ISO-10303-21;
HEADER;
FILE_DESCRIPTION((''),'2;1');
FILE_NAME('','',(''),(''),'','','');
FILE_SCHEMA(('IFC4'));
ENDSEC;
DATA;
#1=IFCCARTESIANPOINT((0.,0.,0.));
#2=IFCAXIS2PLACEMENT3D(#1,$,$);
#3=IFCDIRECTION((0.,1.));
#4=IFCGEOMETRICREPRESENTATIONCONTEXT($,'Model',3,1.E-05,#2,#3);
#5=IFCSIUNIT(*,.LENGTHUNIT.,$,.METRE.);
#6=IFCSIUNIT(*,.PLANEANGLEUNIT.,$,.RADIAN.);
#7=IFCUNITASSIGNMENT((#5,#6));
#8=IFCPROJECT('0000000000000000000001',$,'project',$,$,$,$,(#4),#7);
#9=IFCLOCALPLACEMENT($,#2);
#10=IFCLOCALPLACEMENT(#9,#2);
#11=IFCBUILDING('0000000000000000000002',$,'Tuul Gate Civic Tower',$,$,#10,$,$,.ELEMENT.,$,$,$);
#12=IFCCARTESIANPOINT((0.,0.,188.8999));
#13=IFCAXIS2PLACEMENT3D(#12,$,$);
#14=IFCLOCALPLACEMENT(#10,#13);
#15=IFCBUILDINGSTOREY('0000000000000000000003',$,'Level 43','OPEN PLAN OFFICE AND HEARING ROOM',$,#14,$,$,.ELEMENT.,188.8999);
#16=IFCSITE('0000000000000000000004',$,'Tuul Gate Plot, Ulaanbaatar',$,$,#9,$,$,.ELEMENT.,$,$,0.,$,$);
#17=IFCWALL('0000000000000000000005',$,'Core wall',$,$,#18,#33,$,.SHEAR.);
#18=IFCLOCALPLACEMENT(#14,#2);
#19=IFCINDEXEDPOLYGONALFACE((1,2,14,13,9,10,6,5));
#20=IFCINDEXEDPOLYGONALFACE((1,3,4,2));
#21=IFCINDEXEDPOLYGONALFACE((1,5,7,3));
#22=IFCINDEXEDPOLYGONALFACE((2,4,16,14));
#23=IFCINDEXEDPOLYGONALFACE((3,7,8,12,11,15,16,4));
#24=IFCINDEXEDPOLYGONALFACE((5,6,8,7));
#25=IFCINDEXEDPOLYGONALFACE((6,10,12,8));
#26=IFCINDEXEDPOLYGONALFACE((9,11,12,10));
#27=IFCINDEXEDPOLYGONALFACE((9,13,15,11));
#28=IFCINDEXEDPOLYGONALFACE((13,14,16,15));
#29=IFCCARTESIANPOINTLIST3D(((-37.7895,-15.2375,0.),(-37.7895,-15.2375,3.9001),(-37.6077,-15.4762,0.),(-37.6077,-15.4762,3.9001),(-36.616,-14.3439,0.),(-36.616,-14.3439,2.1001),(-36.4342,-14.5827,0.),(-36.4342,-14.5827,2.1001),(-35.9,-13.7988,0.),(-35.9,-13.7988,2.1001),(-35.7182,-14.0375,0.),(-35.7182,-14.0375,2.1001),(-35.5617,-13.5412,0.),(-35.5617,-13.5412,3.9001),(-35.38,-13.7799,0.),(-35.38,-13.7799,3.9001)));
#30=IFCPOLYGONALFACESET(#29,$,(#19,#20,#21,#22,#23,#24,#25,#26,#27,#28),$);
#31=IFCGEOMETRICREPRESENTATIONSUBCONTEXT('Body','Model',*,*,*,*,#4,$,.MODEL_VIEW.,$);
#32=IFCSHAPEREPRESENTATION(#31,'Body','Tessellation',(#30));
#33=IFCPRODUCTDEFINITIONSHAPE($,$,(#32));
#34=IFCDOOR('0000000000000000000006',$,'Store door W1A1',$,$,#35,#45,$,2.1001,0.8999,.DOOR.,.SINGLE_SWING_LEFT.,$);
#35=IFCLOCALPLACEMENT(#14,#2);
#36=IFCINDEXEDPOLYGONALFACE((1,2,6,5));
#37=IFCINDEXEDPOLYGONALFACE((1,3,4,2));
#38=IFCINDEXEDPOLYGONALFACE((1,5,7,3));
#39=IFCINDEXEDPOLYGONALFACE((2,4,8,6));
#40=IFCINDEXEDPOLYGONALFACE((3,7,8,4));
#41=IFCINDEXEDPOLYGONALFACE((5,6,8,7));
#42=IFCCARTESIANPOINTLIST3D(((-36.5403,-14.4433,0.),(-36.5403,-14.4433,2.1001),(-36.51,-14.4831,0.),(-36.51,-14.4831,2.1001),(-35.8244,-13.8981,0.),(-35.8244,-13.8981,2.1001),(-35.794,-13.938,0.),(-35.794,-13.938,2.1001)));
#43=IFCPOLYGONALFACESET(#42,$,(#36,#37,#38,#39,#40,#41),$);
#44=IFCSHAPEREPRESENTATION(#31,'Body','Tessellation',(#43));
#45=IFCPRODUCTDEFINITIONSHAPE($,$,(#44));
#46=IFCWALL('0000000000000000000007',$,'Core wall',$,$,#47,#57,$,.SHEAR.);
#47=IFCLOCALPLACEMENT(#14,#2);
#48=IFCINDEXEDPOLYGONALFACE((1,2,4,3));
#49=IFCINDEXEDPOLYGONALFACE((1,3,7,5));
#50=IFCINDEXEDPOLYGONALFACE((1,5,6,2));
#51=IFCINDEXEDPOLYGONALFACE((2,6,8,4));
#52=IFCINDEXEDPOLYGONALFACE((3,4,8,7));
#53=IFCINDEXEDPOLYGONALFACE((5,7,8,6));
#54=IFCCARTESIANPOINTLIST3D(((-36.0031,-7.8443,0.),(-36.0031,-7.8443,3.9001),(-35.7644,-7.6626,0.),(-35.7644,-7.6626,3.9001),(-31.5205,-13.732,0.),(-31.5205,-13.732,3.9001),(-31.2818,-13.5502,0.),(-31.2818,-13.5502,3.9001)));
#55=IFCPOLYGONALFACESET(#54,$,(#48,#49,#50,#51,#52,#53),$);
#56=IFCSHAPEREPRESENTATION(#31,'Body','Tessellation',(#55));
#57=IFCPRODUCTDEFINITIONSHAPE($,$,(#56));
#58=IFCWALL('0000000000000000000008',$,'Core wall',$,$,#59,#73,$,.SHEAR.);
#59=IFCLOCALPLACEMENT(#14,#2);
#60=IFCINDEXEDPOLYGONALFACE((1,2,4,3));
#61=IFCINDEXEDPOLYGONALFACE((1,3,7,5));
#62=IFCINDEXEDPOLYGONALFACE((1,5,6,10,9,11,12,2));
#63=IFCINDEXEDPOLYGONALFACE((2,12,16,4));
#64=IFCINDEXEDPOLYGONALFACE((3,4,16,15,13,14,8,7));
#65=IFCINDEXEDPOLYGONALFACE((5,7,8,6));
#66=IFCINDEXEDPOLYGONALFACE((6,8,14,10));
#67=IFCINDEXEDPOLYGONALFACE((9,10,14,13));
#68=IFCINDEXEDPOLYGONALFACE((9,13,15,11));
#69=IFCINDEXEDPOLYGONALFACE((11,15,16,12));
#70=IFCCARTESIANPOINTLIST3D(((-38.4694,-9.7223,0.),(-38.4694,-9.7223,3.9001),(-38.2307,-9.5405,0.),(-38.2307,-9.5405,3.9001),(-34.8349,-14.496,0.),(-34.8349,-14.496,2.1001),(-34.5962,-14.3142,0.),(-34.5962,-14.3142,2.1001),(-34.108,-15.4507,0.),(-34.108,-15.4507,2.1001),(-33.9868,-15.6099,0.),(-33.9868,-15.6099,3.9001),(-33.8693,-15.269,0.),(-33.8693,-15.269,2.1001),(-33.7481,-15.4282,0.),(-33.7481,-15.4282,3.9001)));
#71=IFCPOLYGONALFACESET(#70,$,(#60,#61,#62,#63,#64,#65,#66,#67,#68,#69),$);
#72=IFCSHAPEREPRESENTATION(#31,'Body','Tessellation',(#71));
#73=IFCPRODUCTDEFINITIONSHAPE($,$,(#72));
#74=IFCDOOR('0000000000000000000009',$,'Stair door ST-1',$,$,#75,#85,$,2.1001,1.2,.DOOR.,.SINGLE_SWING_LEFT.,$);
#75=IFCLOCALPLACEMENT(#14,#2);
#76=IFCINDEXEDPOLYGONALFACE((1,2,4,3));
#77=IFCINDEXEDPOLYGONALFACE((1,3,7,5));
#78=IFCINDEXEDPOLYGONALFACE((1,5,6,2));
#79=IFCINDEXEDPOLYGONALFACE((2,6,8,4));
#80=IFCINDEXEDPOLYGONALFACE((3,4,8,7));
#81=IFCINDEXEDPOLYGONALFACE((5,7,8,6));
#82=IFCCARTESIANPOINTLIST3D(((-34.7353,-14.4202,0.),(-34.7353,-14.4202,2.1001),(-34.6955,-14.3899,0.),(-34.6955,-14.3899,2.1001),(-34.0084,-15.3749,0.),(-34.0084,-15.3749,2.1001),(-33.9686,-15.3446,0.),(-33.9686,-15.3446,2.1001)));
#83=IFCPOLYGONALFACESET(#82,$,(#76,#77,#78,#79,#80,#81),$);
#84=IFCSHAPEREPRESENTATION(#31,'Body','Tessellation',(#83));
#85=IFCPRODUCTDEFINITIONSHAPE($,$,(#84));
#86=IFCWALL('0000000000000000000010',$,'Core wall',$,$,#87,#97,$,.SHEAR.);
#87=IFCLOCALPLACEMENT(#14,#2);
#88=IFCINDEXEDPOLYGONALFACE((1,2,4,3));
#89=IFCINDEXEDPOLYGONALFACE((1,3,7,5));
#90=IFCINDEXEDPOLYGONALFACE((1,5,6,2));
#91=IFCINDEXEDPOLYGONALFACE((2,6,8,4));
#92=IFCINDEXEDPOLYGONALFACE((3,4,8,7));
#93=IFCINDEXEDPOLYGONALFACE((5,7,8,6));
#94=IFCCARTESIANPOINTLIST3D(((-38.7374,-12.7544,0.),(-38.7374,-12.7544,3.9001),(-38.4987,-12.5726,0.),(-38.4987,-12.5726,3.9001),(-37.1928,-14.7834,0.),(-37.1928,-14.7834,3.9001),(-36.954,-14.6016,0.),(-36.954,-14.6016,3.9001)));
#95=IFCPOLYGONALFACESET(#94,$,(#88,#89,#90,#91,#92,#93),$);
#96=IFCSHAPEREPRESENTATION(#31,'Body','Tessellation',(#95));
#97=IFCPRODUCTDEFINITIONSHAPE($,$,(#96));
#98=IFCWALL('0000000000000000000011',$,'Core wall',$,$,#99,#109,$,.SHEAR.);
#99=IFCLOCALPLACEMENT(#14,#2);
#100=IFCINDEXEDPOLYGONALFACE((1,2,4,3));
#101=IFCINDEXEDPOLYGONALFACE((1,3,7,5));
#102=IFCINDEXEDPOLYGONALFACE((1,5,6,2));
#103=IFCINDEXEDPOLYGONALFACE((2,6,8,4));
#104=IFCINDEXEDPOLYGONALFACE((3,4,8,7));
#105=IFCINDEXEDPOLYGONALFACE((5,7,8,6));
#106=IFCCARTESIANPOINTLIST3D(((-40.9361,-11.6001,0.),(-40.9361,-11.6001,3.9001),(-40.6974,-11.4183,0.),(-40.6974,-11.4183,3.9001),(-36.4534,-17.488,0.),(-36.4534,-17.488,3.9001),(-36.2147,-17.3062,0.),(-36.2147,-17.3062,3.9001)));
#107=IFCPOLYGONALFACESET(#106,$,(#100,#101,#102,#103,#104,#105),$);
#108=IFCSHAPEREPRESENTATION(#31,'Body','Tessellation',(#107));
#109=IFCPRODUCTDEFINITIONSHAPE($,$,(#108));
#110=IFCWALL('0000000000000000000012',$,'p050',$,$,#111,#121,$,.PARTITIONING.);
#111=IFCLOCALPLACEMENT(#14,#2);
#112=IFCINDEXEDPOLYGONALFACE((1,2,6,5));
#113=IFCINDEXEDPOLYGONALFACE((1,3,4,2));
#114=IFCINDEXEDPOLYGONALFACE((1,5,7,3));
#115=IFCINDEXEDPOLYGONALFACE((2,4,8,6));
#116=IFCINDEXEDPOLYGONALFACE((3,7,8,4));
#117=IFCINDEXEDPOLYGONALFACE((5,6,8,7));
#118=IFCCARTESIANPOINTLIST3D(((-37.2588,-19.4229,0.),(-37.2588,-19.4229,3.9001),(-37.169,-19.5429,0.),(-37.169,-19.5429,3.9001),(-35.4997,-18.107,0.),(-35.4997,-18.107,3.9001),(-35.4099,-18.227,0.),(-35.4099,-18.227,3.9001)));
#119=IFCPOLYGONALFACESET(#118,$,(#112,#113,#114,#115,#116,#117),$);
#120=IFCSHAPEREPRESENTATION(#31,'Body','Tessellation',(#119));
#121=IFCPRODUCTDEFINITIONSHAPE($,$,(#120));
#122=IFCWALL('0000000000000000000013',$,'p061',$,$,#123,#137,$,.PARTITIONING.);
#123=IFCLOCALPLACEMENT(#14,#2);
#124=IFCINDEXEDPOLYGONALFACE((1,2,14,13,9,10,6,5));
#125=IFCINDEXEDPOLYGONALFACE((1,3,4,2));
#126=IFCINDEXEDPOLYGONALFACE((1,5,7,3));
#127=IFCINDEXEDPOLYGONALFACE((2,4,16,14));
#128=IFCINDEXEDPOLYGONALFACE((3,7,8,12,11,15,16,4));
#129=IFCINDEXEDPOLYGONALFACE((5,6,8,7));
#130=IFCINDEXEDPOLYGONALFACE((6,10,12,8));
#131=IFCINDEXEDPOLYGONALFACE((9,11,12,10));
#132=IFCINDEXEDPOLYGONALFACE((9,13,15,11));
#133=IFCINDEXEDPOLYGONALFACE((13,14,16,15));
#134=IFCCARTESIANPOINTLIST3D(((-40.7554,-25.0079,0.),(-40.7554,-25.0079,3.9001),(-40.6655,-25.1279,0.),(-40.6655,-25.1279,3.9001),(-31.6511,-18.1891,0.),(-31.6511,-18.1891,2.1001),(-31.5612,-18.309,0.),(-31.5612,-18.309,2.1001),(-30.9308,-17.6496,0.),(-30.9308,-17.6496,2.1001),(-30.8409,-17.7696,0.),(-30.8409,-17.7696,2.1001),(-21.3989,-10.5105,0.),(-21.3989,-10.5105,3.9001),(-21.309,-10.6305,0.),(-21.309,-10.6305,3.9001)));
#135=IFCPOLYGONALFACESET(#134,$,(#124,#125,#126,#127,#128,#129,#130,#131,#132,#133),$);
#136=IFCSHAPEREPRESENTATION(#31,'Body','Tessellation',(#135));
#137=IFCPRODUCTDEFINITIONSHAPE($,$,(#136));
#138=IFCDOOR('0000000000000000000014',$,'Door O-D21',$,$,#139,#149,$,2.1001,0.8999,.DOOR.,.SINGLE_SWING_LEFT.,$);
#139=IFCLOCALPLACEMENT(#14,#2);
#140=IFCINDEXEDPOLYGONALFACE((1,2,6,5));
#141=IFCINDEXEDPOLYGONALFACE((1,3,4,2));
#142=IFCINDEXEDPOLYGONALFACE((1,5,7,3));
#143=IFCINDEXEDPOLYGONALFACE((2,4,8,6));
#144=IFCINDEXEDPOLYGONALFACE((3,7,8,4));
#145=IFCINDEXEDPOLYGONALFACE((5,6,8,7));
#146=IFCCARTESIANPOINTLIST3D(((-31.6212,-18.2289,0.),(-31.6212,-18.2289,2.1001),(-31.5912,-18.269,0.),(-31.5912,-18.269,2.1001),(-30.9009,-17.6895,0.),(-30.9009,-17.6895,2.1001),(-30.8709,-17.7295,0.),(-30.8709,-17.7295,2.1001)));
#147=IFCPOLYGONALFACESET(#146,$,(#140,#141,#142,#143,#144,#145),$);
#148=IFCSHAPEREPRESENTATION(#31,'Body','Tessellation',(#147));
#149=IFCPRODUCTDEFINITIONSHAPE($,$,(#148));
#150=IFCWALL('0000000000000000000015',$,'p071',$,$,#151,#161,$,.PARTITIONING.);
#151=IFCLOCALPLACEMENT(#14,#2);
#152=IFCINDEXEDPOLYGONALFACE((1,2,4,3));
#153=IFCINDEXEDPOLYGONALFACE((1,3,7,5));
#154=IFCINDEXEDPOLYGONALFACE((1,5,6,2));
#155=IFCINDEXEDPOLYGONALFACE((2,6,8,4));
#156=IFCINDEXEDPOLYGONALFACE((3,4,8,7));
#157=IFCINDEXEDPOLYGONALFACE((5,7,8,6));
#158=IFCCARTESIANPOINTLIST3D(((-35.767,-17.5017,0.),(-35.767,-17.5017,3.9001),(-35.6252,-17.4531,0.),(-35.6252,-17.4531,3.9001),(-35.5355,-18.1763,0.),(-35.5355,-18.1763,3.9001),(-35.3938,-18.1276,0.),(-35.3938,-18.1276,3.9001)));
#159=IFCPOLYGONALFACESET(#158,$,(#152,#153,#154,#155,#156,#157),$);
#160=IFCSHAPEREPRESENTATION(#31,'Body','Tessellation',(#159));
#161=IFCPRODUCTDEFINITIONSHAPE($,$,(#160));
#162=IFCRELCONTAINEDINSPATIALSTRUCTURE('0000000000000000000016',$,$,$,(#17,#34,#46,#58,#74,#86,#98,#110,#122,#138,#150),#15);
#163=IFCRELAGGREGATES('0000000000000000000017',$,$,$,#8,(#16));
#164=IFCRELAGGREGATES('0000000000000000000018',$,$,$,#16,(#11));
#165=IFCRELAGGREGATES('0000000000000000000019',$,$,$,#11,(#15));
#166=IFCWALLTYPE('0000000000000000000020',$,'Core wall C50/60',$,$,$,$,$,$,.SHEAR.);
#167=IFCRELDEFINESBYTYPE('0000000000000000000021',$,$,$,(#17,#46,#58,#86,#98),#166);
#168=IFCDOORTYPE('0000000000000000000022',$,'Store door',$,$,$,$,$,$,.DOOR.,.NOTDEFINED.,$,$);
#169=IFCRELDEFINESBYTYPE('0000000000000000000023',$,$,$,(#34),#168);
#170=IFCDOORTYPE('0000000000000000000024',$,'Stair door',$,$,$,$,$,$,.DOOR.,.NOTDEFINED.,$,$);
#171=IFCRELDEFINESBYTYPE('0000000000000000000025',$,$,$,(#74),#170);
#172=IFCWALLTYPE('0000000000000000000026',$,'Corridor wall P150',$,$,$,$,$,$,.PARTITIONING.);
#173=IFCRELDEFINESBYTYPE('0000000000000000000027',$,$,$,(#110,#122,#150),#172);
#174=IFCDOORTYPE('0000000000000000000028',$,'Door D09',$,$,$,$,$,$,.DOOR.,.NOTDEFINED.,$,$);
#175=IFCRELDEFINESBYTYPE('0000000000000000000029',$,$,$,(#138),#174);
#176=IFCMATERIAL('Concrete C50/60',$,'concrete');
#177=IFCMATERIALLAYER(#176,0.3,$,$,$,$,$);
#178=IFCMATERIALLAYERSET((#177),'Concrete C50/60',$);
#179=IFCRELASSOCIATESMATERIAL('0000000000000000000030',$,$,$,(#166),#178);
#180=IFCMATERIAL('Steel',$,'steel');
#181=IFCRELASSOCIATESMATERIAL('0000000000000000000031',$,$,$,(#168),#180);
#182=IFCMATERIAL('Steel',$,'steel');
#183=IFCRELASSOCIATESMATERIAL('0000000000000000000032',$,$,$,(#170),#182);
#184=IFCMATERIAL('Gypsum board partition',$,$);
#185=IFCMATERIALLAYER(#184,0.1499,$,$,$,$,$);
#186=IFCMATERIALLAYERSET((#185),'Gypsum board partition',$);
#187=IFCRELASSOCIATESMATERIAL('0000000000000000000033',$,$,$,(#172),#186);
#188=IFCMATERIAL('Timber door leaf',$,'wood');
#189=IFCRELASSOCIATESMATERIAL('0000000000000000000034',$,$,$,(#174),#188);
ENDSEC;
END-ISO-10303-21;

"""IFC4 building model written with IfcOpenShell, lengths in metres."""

from ifc_helpers import new_model, si_unit, direction, frame, frame_2d, origin, place, context, subcontext, project, spatial, rectangle, extrude, material, layer, layer_set, type_object, element, fill, save


model = new_model("IFC4")

# Units and contexts
model_context = context("Model", 3, precision=1e-05, world=origin(), true_north=direction((0.0, 1.0)))
body_context = subcontext(model_context, "Body", "Model", "MODEL_VIEW")
ifc_project = project(units=[si_unit("LENGTHUNIT", "METRE"), si_unit("PLANEANGLEUNIT", "RADIAN")], contexts=[model_context])

# Site, building, storey
site_placement = place(None, origin())
site = spatial("IfcSite", under=ifc_project, at=site_placement, Name="Tuul Gate Plot, Ulaanbaatar", CompositionType="ELEMENT", RefElevation=0.0)
building_placement = place(site_placement, origin())
building = spatial("IfcBuilding", under=site, at=building_placement, Name="Tuul Gate Civic Tower", CompositionType="ELEMENT")
storey_placement = place(building_placement, frame((0.0, 0.0, 188.8999)))
storey = spatial("IfcBuildingStorey", under=building, at=storey_placement, Name="Level 43", Description="OPEN PLAN OFFICE AND HEARING ROOM", CompositionType="ELEMENT", Elevation=188.8999)

# Wall, opening, door
ifc_material_1 = material(Name="Concrete C50/60", Category="concrete")
ifc_layer_1 = layer(ifc_material_1, 0.3)
ifc_layer_set_1 = layer_set([ifc_layer_1], Name="Concrete C50/60")
wall_type_1 = type_object("IfcWallType", Name="Core wall C50/60", PredefinedType="SHEAR", material=ifc_layer_set_1)
wall_1_placement = place(storey_placement, frame((-35.4709, -13.6606, 0.0), z_axis=(0.0, 0.0, 1.0), x_axis=(-0.795616, -0.605802, 0.0)))
wall_1 = element("IfcWall", 1, at=wall_1_placement, inside=storey, type_object=wall_type_1, Name="Core wall", PredefinedType="SHEAR", context=body_context, shape_type="SweptSolid", body=[
    extrude(rectangle(XDim=2.8, YDim=0.3, at=frame_2d((1.3999, 0.0))), origin(), (0.0, 0.0, 1.0), 3.9001),
])
opening_1_placement = place(wall_1_placement, frame((0.425, 0.0, 0.0)))
opening_1 = element("IfcOpeningElement", 2, at=opening_1_placement, cuts=wall_1, PredefinedType="OPENING", context=body_context, shape_type="SweptSolid", body=[
    extrude(rectangle(XDim=0.8999, YDim=2.1001, at=frame_2d((0.45, 1.05))), frame((0.0, 0.1602, 0.0), z_axis=(0.0, -1.0, 0.0), x_axis=(1.0, 0.0, 0.0)), (0.0, 0.0, 1.0), 0.3201),
])
ifc_material_2 = material(Name="Steel", Category="steel")
door_type_1 = type_object("IfcDoorType", Name="Store door", OperationType="NOTDEFINED", PredefinedType="DOOR", material=ifc_material_2)
door_1_placement = place(opening_1_placement, origin())
door_1 = element("IfcDoor", 3, at=door_1_placement, inside=storey, type_object=door_type_1, Name="Store door W1A1", OperationType="SINGLE_SWING_LEFT", OverallHeight=2.1001, OverallWidth=0.8999, PredefinedType="DOOR", context=body_context, shape_type="SweptSolid", body=[
    extrude(rectangle(XDim=0.8999, YDim=2.1001, at=frame_2d((0.45, 1.05))), frame((0.0, 0.0249, 0.0), z_axis=(0.0, -1.0, 0.0), x_axis=(1.0, 0.0, 0.0)), (0.0, 0.0, 1.0), 0.05),
])
fill(opening_1, door_1)

# Wall
wall_2_placement = place(storey_placement, frame((-31.4011, -13.6411, 0.0), z_axis=(0.0, 0.0, 1.0), x_axis=(-0.60577, 0.79564, 0.0)))
element("IfcWall", 4, at=wall_2_placement, inside=storey, type_object=wall_type_1, Name="Core wall", PredefinedType="SHEAR", context=body_context, shape_type="SweptSolid", body=[
    extrude(rectangle(XDim=7.3999, YDim=0.3, at=frame_2d((3.7, 0.0))), origin(), (0.0, 0.0, 1.0), 3.9001),
])

# Wall, opening, door
wall_3_placement = place(storey_placement, frame((-33.8674, -15.519, 0.0), z_axis=(0.0, 0.0, 1.0), x_axis=(-0.60577, 0.79564, 0.0)))
wall_3 = element("IfcWall", 5, at=wall_3_placement, inside=storey, type_object=wall_type_1, Name="Core wall", PredefinedType="SHEAR", context=body_context, shape_type="SweptSolid", body=[
    extrude(rectangle(XDim=7.3999, YDim=0.3, at=frame_2d((3.7, 0.0))), origin(), (0.0, 0.0, 1.0), 3.9001),
])
opening_2_placement = place(wall_3_placement, frame((0.2, 0.0, 0.0)))
opening_2 = element("IfcOpeningElement", 6, at=opening_2_placement, cuts=wall_3, PredefinedType="OPENING", context=body_context, shape_type="SweptSolid", body=[
    extrude(rectangle(XDim=1.2, YDim=2.1001, at=frame_2d((0.6001, 1.05))), frame((0.0, 0.1602, 0.0), z_axis=(0.0, -1.0, 0.0), x_axis=(1.0, 0.0, 0.0)), (0.0, 0.0, 1.0), 0.3201),
])
ifc_material_3 = material(Name="Steel", Category="steel")
door_type_2 = type_object("IfcDoorType", Name="Stair door", OperationType="NOTDEFINED", PredefinedType="DOOR", material=ifc_material_3)
door_2_placement = place(opening_2_placement, origin())
door_2 = element("IfcDoor", 7, at=door_2_placement, inside=storey, type_object=door_type_2, Name="Stair door ST-1", OperationType="SINGLE_SWING_LEFT", OverallHeight=2.1001, OverallWidth=1.2, PredefinedType="DOOR", context=body_context, shape_type="SweptSolid", body=[
    extrude(rectangle(XDim=1.2, YDim=2.1001, at=frame_2d((0.6001, 1.05))), frame((0.0, 0.0249, 0.0), z_axis=(0.0, -1.0, 0.0), x_axis=(1.0, 0.0, 0.0)), (0.0, 0.0, 1.0), 0.05),
])
fill(opening_2, door_2)

# Walls
wall_4_placement = place(storey_placement, frame((-37.0735, -14.6924, 0.0), z_axis=(0.0, 0.0, 1.0), x_axis=(-0.605729, 0.795671, 0.0)))
element("IfcWall", 8, at=wall_4_placement, inside=storey, type_object=wall_type_1, Name="Core wall", PredefinedType="SHEAR", context=body_context, shape_type="SweptSolid", body=[
    extrude(rectangle(XDim=2.55, YDim=0.3, at=frame_2d((1.2749, 0.0))), origin(), (0.0, 0.0, 1.0), 3.9001),
])
wall_5_placement = place(storey_placement, frame((-36.334, -17.3972, 0.0), z_axis=(0.0, 0.0, 1.0), x_axis=(-0.605754, 0.795652, 0.0)))
element("IfcWall", 9, at=wall_5_placement, inside=storey, type_object=wall_type_1, Name="Core wall", PredefinedType="SHEAR", context=body_context, shape_type="SweptSolid", body=[
    extrude(rectangle(XDim=7.4001, YDim=0.3, at=frame_2d((3.7002, 0.0))), origin(), (0.0, 0.0, 1.0), 3.9001),
])
ifc_material_4 = material(Name="Gypsum board partition")
ifc_layer_2 = layer(ifc_material_4, 0.1499)
ifc_layer_set_2 = layer_set([ifc_layer_2], Name="Gypsum board partition")
wall_type_2 = type_object("IfcWallType", Name="Corridor wall P150", PredefinedType="PARTITIONING", material=ifc_layer_set_2)
wall_6_placement = place(storey_placement, frame((-37.2139, -19.4829, 0.0), z_axis=(0.0, 0.0, 1.0), x_axis=(0.800733, 0.599022, 0.0)))
element("IfcWall", 10, at=wall_6_placement, inside=storey, type_object=wall_type_2, Name="p050", PredefinedType="PARTITIONING", context=body_context, shape_type="SweptSolid", body=[
    extrude(rectangle(XDim=2.1968, YDim=0.1499, at=frame_2d((1.0984, 0.0))), origin(), (0.0, 0.0, 1.0), 3.9001),
])

# Wall, opening, door
wall_7_placement = place(storey_placement, frame((-40.7104, -25.0679, 0.0), z_axis=(0.0, 0.0, 1.0), x_axis=(0.800397, 0.59947, 0.0)))
wall_7 = element("IfcWall", 11, at=wall_7_placement, inside=storey, type_object=wall_type_2, Name="p061", PredefinedType="PARTITIONING", context=body_context, shape_type="SweptSolid", body=[
    extrude(rectangle(XDim=24.1836, YDim=0.1499, at=frame_2d((12.0918, 0.0))), origin(), (0.0, 0.0, 1.0), 3.9001),
])
opening_3_placement = place(wall_7_placement, frame((11.3748, 0.0, 0.0)))
opening_3 = element("IfcOpeningElement", 12, at=opening_3_placement, cuts=wall_7, PredefinedType="OPENING", context=body_context, shape_type="SweptSolid", body=[
    extrude(rectangle(XDim=0.8999, YDim=2.1001, at=frame_2d((0.45, 1.05))), frame((0.0, 0.085, 0.0), z_axis=(0.0, -1.0, 0.0), x_axis=(1.0, 0.0, 0.0)), (0.0, 0.0, 1.0), 0.1699),
])
ifc_material_5 = material(Name="Timber door leaf", Category="wood")
door_type_3 = type_object("IfcDoorType", Name="Door D09", OperationType="NOTDEFINED", PredefinedType="DOOR", material=ifc_material_5)
door_3_placement = place(opening_3_placement, frame((0.8999, 0.0, 0.0), z_axis=(0.0, 0.0, 1.0), x_axis=(-1.0, 0.0, 0.0)))
door_3 = element("IfcDoor", 13, at=door_3_placement, inside=storey, type_object=door_type_3, Name="Door O-D21", OperationType="SINGLE_SWING_LEFT", OverallHeight=2.1001, OverallWidth=0.8999, PredefinedType="DOOR", context=body_context, shape_type="SweptSolid", body=[
    extrude(rectangle(XDim=0.8999, YDim=2.1001, at=frame_2d((0.45, 1.05))), frame((0.0, 0.0249, 0.0), z_axis=(0.0, -1.0, 0.0), x_axis=(1.0, 0.0, 0.0)), (0.0, 0.0, 1.0), 0.05),
])
fill(opening_3, door_3)

# Wall
wall_8_placement = place(storey_placement, frame((-35.696, -17.4775, 0.0), z_axis=(0.0, 0.0, 1.0), x_axis=(0.324534, -0.945874, 0.0)))
element("IfcWall", 14, at=wall_8_placement, inside=storey, type_object=wall_type_2, Name="p071", PredefinedType="PARTITIONING", context=body_context, shape_type="SweptSolid", body=[
    extrude(rectangle(XDim=0.7131, YDim=0.1499, at=frame_2d((0.3564, 0.0))), origin(), (0.0, 0.0, 1.0), 3.9001),
])

save(model, "model.ifc")
